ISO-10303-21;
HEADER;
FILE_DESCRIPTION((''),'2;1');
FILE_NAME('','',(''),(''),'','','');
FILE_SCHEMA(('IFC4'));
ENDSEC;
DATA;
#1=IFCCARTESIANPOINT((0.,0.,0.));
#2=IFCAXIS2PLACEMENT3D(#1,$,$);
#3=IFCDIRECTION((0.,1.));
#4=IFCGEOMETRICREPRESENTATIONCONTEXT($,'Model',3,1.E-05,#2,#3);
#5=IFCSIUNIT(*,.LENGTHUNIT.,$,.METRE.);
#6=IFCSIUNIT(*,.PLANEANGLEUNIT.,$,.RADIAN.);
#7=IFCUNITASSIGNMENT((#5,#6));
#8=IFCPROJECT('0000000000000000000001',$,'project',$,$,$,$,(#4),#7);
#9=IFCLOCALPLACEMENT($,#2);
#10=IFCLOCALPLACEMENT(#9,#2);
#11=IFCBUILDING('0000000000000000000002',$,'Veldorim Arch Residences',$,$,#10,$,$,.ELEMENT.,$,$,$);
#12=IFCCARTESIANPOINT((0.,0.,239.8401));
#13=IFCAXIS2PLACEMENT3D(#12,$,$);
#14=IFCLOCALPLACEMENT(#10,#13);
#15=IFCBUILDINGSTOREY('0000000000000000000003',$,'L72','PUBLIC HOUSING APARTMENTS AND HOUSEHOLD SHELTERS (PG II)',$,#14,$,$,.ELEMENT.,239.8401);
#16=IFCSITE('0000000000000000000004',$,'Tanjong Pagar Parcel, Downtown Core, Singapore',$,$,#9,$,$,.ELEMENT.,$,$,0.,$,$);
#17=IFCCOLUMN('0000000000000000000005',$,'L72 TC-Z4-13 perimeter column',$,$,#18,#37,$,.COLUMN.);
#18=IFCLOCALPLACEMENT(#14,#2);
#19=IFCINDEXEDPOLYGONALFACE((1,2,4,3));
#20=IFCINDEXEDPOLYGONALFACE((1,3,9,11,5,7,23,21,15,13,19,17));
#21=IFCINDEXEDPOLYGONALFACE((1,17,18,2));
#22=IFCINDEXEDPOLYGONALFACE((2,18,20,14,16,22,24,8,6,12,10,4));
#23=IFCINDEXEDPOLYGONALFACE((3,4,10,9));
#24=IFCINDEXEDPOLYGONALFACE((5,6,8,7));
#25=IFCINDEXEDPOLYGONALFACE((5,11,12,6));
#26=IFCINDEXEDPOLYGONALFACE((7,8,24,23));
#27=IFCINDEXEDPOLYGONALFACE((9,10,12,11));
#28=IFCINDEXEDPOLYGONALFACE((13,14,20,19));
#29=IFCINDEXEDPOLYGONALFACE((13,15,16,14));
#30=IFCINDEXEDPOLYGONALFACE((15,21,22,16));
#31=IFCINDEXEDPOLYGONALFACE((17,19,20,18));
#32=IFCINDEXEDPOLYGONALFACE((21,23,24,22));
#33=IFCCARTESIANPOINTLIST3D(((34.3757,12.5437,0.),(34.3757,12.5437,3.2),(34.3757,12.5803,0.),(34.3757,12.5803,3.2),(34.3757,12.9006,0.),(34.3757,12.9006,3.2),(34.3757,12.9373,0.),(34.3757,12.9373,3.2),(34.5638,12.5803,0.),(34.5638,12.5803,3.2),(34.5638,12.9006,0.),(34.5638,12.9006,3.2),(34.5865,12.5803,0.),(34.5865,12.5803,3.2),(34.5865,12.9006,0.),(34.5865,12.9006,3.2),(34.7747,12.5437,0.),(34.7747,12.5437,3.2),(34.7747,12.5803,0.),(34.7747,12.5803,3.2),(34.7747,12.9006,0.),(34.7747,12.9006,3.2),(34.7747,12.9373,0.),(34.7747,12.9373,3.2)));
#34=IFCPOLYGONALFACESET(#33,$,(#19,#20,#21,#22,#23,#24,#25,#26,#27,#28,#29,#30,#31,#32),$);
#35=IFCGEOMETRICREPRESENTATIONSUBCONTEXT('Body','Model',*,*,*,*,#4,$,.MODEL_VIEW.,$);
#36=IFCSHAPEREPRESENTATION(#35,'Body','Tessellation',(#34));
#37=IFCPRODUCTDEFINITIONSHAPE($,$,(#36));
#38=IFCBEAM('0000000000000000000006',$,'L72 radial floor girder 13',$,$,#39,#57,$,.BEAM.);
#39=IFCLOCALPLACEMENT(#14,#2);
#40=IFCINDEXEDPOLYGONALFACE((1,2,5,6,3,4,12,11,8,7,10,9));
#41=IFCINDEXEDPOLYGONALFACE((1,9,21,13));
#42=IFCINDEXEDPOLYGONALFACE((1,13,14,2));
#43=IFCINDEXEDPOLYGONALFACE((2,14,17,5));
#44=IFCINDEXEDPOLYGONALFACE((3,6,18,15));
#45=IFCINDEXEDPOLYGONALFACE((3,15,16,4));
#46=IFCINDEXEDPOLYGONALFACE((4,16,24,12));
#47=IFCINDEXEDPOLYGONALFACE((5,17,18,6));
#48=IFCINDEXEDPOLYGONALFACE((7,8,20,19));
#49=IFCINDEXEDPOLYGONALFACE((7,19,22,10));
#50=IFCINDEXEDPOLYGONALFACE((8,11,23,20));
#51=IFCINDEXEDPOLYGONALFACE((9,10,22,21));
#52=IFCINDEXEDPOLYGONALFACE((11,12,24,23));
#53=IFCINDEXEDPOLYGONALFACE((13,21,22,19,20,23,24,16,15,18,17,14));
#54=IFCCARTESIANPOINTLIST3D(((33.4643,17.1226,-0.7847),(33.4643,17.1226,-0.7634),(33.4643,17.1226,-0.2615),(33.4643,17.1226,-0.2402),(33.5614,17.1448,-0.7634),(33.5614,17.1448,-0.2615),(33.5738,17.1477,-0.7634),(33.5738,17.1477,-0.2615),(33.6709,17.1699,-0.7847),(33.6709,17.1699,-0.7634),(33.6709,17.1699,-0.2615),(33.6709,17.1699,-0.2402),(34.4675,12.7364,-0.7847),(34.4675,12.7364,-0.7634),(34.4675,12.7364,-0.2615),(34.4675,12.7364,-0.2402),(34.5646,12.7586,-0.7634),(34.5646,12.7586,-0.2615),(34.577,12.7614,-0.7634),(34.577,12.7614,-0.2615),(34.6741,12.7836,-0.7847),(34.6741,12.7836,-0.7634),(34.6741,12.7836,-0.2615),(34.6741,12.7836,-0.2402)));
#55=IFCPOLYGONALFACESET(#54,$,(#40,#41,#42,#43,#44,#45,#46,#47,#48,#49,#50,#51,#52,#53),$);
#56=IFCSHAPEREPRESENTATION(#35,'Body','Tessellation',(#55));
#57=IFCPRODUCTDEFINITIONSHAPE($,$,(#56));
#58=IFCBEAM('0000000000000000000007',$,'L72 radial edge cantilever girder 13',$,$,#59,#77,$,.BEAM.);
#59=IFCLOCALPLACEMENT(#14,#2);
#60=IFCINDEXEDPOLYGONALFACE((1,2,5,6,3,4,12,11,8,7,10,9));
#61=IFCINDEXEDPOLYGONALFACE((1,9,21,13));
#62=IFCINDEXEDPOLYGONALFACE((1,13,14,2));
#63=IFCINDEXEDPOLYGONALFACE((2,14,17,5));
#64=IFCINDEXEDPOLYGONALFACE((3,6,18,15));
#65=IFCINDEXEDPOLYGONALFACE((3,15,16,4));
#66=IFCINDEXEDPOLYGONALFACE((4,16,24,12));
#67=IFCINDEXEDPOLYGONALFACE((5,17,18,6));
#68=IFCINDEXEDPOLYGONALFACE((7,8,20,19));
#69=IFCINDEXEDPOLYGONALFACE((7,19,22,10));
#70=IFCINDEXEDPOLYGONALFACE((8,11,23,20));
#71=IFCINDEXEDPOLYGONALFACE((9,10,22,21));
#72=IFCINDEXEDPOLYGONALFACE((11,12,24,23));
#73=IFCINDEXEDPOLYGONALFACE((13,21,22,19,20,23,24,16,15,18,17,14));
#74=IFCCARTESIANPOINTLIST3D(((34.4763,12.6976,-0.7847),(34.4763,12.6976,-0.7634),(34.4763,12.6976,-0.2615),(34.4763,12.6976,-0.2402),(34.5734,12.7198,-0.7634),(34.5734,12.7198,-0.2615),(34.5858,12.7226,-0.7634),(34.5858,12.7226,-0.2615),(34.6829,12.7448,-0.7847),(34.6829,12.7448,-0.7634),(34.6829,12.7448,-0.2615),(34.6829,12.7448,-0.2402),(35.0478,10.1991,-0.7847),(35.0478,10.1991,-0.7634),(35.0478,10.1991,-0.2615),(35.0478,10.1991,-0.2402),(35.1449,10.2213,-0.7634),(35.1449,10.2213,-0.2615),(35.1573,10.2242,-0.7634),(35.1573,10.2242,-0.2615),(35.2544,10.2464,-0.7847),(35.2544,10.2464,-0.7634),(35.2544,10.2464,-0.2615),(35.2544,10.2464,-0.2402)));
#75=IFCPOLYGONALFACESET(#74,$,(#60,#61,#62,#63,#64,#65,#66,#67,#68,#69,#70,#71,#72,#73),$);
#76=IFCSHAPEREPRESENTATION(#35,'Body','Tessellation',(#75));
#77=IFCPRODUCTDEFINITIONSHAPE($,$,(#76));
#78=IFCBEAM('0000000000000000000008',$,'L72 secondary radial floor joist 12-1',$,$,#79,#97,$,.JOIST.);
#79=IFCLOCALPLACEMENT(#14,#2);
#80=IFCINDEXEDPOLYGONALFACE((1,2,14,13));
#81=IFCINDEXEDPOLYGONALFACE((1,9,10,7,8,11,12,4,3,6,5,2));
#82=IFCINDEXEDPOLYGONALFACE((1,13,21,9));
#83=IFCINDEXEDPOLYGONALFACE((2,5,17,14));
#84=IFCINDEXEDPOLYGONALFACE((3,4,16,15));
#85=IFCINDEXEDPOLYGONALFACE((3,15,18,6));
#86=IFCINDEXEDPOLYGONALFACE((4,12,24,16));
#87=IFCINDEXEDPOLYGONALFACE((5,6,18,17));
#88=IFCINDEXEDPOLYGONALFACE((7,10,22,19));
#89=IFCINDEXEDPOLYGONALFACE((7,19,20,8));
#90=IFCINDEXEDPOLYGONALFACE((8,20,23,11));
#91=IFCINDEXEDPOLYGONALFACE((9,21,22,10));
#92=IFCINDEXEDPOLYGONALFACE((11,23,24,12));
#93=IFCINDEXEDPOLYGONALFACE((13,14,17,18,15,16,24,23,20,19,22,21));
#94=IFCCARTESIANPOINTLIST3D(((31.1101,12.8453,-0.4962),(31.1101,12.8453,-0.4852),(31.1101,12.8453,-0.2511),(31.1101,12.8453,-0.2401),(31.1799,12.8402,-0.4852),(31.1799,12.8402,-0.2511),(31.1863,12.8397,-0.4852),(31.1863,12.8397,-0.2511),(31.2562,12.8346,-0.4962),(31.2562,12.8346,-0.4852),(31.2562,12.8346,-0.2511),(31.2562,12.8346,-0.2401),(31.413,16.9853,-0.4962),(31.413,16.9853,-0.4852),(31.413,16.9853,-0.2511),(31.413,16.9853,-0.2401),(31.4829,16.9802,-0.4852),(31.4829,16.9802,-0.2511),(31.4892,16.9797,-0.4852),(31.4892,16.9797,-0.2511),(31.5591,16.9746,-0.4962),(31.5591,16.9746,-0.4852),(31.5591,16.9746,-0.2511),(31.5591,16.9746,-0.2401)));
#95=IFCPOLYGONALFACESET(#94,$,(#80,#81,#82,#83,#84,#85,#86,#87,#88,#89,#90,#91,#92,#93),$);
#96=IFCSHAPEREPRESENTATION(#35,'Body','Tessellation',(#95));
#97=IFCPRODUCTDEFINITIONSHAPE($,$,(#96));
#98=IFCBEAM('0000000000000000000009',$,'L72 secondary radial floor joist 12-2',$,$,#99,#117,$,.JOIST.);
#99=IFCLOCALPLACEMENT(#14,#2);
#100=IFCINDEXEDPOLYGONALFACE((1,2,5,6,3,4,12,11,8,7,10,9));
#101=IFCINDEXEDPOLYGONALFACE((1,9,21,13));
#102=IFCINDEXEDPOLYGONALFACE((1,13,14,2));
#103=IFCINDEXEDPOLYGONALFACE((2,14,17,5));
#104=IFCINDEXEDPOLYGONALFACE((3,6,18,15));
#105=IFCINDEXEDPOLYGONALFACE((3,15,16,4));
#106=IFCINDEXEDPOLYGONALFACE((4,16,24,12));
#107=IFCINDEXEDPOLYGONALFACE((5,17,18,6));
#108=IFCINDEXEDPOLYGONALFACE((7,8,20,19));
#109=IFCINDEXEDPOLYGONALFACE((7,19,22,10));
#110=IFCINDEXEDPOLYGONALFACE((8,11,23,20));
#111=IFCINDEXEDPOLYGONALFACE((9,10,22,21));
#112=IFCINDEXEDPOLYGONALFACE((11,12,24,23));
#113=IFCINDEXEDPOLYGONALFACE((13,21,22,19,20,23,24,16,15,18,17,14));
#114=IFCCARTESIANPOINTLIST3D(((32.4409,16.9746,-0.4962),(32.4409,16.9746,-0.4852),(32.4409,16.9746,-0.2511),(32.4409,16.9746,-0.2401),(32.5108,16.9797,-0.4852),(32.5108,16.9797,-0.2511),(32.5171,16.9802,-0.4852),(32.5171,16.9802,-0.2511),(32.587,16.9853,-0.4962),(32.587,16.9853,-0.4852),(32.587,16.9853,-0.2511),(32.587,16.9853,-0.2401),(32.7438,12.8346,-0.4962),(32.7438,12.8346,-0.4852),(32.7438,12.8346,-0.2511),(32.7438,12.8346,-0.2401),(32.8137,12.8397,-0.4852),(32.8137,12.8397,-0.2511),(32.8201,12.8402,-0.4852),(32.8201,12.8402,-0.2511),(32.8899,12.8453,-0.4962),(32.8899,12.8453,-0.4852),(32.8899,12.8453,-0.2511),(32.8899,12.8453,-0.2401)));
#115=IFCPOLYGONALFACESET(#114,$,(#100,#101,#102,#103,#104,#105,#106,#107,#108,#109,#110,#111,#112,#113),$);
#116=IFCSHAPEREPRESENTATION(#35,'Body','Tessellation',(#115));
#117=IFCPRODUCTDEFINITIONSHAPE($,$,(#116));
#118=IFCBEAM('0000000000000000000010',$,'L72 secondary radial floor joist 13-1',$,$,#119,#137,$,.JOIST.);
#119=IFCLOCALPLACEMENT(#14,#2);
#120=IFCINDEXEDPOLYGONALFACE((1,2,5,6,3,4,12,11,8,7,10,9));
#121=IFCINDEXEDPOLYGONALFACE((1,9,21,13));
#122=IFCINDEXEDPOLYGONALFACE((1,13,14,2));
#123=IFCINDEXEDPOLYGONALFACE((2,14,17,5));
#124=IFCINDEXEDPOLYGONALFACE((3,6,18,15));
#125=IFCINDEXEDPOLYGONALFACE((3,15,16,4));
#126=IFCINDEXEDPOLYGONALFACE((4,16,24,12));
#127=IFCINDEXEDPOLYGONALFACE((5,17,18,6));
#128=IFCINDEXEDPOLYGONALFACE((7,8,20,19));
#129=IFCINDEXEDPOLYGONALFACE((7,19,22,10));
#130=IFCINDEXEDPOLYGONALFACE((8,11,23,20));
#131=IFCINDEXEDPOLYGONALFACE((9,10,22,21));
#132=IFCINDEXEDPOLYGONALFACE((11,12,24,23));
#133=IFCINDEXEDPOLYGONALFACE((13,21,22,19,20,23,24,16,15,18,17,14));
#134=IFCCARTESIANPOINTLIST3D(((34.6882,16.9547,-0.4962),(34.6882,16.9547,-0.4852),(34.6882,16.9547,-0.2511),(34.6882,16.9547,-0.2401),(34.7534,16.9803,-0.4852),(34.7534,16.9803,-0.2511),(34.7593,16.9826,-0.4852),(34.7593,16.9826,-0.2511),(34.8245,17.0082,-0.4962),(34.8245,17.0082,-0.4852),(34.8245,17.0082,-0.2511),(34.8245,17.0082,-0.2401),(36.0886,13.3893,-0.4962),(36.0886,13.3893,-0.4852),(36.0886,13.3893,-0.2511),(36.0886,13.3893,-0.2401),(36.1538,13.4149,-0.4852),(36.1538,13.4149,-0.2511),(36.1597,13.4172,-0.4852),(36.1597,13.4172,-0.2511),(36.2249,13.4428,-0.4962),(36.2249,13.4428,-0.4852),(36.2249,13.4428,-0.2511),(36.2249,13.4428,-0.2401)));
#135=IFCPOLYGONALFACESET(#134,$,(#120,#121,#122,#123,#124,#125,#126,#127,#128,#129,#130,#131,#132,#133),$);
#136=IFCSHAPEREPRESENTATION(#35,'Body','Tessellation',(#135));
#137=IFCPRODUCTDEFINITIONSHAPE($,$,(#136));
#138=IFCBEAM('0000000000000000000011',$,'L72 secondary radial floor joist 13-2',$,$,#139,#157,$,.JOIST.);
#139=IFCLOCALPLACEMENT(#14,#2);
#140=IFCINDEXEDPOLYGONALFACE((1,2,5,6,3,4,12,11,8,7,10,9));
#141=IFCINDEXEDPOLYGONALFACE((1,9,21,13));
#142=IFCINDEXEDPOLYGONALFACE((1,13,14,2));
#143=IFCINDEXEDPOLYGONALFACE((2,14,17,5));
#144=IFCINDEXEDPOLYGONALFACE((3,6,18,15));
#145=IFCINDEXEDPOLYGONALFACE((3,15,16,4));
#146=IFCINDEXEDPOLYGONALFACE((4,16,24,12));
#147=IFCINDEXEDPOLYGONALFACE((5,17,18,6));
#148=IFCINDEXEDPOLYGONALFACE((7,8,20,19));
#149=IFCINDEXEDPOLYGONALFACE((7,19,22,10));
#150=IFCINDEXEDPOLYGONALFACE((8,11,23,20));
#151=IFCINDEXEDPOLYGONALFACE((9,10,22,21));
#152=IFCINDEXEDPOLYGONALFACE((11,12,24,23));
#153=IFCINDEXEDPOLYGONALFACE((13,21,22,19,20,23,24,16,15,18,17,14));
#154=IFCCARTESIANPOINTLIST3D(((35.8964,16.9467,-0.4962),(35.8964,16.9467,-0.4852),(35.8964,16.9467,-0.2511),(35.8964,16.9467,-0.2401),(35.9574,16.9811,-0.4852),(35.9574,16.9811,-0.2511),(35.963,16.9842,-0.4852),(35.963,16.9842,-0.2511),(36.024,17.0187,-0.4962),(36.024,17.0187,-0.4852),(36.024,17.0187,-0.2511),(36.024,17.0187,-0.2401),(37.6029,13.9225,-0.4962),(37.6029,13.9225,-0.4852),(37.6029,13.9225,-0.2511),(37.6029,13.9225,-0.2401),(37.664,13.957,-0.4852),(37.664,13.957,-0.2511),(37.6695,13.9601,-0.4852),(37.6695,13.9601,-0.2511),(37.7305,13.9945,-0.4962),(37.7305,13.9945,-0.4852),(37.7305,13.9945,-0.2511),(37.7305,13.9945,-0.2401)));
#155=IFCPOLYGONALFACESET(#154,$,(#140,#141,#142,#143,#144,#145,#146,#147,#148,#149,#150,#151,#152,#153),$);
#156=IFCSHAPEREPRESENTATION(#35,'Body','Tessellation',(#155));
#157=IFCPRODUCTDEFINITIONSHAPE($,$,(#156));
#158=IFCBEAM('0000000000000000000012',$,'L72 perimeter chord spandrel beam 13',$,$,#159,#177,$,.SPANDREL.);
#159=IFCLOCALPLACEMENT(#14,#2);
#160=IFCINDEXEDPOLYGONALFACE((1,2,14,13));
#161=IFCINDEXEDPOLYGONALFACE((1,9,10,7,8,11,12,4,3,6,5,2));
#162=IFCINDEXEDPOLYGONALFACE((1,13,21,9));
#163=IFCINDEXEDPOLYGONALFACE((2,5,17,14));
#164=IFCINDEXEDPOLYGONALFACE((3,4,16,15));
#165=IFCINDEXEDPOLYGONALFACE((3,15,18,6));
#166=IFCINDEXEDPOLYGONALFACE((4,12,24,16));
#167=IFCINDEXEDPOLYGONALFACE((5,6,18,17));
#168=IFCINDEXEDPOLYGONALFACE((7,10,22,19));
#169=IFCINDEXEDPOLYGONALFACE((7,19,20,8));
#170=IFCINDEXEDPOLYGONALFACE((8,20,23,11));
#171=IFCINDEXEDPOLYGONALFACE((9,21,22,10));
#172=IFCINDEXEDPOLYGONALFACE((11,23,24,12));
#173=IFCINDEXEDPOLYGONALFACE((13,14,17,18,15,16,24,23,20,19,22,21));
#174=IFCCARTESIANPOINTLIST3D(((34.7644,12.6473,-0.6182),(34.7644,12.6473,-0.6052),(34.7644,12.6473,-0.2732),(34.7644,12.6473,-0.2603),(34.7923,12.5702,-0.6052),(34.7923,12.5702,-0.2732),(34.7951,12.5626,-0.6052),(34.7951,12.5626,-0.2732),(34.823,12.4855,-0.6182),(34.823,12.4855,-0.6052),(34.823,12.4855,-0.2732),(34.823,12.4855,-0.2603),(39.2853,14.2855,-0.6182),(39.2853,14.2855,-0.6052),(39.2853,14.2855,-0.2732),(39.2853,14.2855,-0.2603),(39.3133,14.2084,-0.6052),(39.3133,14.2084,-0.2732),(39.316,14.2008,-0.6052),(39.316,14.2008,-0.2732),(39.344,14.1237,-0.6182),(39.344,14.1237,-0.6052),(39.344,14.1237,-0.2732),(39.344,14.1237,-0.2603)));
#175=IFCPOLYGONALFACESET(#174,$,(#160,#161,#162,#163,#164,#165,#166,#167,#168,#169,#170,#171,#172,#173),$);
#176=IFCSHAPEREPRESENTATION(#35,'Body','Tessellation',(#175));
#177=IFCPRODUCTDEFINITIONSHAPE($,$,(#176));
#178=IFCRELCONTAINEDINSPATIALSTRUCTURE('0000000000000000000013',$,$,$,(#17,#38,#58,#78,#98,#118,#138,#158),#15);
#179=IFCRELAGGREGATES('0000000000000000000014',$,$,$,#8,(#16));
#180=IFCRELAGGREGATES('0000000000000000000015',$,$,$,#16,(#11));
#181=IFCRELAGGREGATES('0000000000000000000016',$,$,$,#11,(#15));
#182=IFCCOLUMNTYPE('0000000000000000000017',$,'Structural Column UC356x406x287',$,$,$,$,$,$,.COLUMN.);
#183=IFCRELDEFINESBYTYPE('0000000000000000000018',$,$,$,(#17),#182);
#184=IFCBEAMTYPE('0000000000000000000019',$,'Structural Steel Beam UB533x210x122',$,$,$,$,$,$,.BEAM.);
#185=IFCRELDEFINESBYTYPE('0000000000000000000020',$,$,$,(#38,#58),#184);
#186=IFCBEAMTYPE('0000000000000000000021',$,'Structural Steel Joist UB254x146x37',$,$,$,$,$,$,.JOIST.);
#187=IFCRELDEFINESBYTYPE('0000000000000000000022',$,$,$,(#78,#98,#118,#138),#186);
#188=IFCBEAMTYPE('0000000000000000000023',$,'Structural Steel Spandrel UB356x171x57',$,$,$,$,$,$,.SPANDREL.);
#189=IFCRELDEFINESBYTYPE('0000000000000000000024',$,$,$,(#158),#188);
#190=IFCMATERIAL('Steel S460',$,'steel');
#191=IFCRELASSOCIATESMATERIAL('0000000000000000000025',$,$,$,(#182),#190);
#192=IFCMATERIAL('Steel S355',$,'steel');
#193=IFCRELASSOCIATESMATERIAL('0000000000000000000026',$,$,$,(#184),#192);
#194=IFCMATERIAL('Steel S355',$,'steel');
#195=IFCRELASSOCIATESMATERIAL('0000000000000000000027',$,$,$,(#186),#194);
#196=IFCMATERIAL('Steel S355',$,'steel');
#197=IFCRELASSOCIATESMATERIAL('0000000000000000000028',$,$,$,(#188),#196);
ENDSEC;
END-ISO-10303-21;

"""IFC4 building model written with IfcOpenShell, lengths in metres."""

from ifc_helpers import new_model, si_unit, direction, frame, origin, origin_2d, place, context, subcontext, project, spatial, i_section, extrude, material, material_profile, profile_set, type_object, element, save


model = new_model("IFC4")

# Units and contexts
model_context = context("Model", 3, precision=1e-05, world=origin(), true_north=direction((0.0, 1.0)))
body_context = subcontext(model_context, "Body", "Model", "MODEL_VIEW")
ifc_project = project(units=[si_unit("LENGTHUNIT", "METRE"), si_unit("PLANEANGLEUNIT", "RADIAN")], contexts=[model_context])

# Site, building, storey
site_placement = place(None, origin())
site = spatial("IfcSite", under=ifc_project, at=site_placement, Name="Tanjong Pagar Parcel, Downtown Core, Singapore", CompositionType="ELEMENT", RefElevation=0.0)
building_placement = place(site_placement, origin())
building = spatial("IfcBuilding", under=site, at=building_placement, Name="Veldorim Arch Residences", CompositionType="ELEMENT")
storey_placement = place(building_placement, frame((0.0, 0.0, 239.8401)))
storey = spatial("IfcBuildingStorey", under=building, at=storey_placement, Name="L72", Description="PUBLIC HOUSING APARTMENTS AND HOUSEHOLD SHELTERS (PG II)", CompositionType="ELEMENT", Elevation=239.8401)

# Column
ifc_material_1 = material(Name="Steel S460", Category="steel")
ifc_material_profile_1 = material_profile(ifc_material_1, i_section(OverallWidth=0.3989, OverallDepth=0.3936, WebThickness=0.0227, FlangeThickness=0.0366, at=origin_2d()), Name="UC356x406x287")
ifc_profile_set_1 = profile_set([ifc_material_profile_1], Name="Steel S460")
column_type = type_object("IfcColumnType", Name="Structural Column UC356x406x287", PredefinedType="COLUMN", material=ifc_profile_set_1)
column_placement = place(storey_placement, frame((34.5752, 12.7405, 0.0), z_axis=(0.0, 0.0, 1.0), x_axis=(1.0, 0.0, 0.0)))
element("IfcColumn", 1, at=column_placement, inside=storey, type_object=column_type, Name="L72 TC-Z4-13 perimeter column", PredefinedType="COLUMN", context=body_context, shape_type="SweptSolid", body=[
    extrude(i_section(OverallWidth=0.3989, OverallDepth=0.3936, WebThickness=0.0227, FlangeThickness=0.0366, at=origin_2d()), origin(), (0.0, 0.0, 1.0), 3.2),
])

# Beams
ifc_material_2 = material(Name="Steel S355", Category="steel")
ifc_material_profile_2 = material_profile(ifc_material_2, i_section(OverallWidth=0.2119, OverallDepth=0.5444, WebThickness=0.0127, FlangeThickness=0.0212, at=origin_2d()), Name="UB533x210x122")
ifc_profile_set_2 = profile_set([ifc_material_profile_2], Name="Steel S355")
beam_type_1 = type_object("IfcBeamType", Name="Structural Steel Beam UB533x210x122", PredefinedType="BEAM", material=ifc_profile_set_2)
beam_1_placement = place(storey_placement, frame((33.5676, 17.1462, -0.5125), z_axis=(0.222953, -0.974829, 0.0), x_axis=(0.974829, 0.222953, 0.0)))
element("IfcBeam", 2, at=beam_1_placement, inside=storey, type_object=beam_type_1, Name="L72 radial floor girder 13", PredefinedType="BEAM", context=body_context, shape_type="SweptSolid", body=[
    extrude(i_section(OverallWidth=0.2119, OverallDepth=0.5444, WebThickness=0.0127, FlangeThickness=0.0212, at=origin_2d()), origin(), (0.0, 0.0, 1.0), 4.4995),
])
beam_2_placement = place(storey_placement, frame((34.5796, 12.7212, -0.5125), z_axis=(0.222988, -0.974821, 0.0), x_axis=(0.974821, 0.222988, 0.0)))
element("IfcBeam", 3, at=beam_2_placement, inside=storey, type_object=beam_type_1, Name="L72 radial edge cantilever girder 13", PredefinedType="BEAM", context=body_context, shape_type="SweptSolid", body=[
    extrude(i_section(OverallWidth=0.2119, OverallDepth=0.5444, WebThickness=0.0127, FlangeThickness=0.0212, at=origin_2d()), origin(), (0.0, 0.0, 1.0), 2.563),
])
ifc_material_3 = material(Name="Steel S355", Category="steel")
ifc_material_profile_3 = material_profile(ifc_material_3, i_section(OverallWidth=0.1465, OverallDepth=0.2561, WebThickness=0.0063, FlangeThickness=0.011, at=origin_2d()), Name="UB254x146x37")
ifc_profile_set_3 = profile_set([ifc_material_profile_3], Name="Steel S355")
beam_type_2 = type_object("IfcBeamType", Name="Structural Steel Joist UB254x146x37", PredefinedType="JOIST", material=ifc_profile_set_3)
for number, where, z_axis, x_axis, name in (
    (4, (31.4861, 16.98, -0.3682), (-0.072986, -0.997333, 0.0), (0.997333, -0.072986, 0.0), "L72 secondary radial floor joist 12-1"),
    (5, (32.5139, 16.98, -0.3682), (0.072986, -0.997333, 0.0), (0.997333, 0.072986, 0.0), "L72 secondary radial floor joist 12-2"),
):
    element("IfcBeam", number, at=place(storey_placement, frame(where, z_axis=z_axis, x_axis=x_axis)), inside=storey, type_object=beam_type_2, Name=name, PredefinedType="JOIST", context=body_context, shape_type="SweptSolid", body=[
        extrude(i_section(OverallWidth=0.1465, OverallDepth=0.2561, WebThickness=0.0063, FlangeThickness=0.011, at=origin_2d()), origin(), (0.0, 0.0, 1.0), 4.1511),
    ])
beam_3_placement = place(storey_placement, frame((34.7563, 16.9814, -0.3682), z_axis=(0.365581, -0.930779, 0.0), x_axis=(0.930779, 0.365581, 0.0)))
element("IfcBeam", 6, at=beam_3_placement, inside=storey, type_object=beam_type_2, Name="L72 secondary radial floor joist 13-1", PredefinedType="JOIST", context=body_context, shape_type="SweptSolid", body=[
    extrude(i_section(OverallWidth=0.1465, OverallDepth=0.2561, WebThickness=0.0063, FlangeThickness=0.011, at=origin_2d()), origin(), (0.0, 0.0, 1.0), 3.8306),
])
beam_4_placement = place(storey_placement, frame((35.9602, 16.9827, -0.3682), z_axis=(0.491452, -0.870904, 0.0), x_axis=(0.870904, 0.491452, 0.0)))
element("IfcBeam", 7, at=beam_4_placement, inside=storey, type_object=beam_type_2, Name="L72 secondary radial floor joist 13-2", PredefinedType="JOIST", context=body_context, shape_type="SweptSolid", body=[
    extrude(i_section(OverallWidth=0.1465, OverallDepth=0.2561, WebThickness=0.0063, FlangeThickness=0.011, at=origin_2d()), origin(), (0.0, 0.0, 1.0), 3.4724),
])
ifc_material_4 = material(Name="Steel S355", Category="steel")
ifc_material_profile_4 = material_profile(ifc_material_4, i_section(OverallWidth=0.1721, OverallDepth=0.3579, WebThickness=0.0081, FlangeThickness=0.0129, at=origin_2d()), Name="UB356x171x57")
ifc_profile_set_4 = profile_set([ifc_material_profile_4], Name="Steel S355")
beam_type_3 = type_object("IfcBeamType", Name="Structural Steel Spandrel UB356x171x57", PredefinedType="SPANDREL", material=ifc_profile_set_4)
beam_5_placement = place(storey_placement, frame((34.7937, 12.5664, -0.4392), z_axis=(0.940181, 0.340675, 0.0), x_axis=(-0.340675, 0.940181, 0.0)))
element("IfcBeam", 8, at=beam_5_placement, inside=storey, type_object=beam_type_3, Name="L72 perimeter chord spandrel beam 13", PredefinedType="SPANDREL", context=body_context, shape_type="SweptSolid", body=[
    extrude(i_section(OverallWidth=0.1721, OverallDepth=0.3579, WebThickness=0.0081, FlangeThickness=0.0129, at=origin_2d()), origin(), (0.0, 0.0, 1.0), 4.8086),
])

save(model, "model.ifc")
